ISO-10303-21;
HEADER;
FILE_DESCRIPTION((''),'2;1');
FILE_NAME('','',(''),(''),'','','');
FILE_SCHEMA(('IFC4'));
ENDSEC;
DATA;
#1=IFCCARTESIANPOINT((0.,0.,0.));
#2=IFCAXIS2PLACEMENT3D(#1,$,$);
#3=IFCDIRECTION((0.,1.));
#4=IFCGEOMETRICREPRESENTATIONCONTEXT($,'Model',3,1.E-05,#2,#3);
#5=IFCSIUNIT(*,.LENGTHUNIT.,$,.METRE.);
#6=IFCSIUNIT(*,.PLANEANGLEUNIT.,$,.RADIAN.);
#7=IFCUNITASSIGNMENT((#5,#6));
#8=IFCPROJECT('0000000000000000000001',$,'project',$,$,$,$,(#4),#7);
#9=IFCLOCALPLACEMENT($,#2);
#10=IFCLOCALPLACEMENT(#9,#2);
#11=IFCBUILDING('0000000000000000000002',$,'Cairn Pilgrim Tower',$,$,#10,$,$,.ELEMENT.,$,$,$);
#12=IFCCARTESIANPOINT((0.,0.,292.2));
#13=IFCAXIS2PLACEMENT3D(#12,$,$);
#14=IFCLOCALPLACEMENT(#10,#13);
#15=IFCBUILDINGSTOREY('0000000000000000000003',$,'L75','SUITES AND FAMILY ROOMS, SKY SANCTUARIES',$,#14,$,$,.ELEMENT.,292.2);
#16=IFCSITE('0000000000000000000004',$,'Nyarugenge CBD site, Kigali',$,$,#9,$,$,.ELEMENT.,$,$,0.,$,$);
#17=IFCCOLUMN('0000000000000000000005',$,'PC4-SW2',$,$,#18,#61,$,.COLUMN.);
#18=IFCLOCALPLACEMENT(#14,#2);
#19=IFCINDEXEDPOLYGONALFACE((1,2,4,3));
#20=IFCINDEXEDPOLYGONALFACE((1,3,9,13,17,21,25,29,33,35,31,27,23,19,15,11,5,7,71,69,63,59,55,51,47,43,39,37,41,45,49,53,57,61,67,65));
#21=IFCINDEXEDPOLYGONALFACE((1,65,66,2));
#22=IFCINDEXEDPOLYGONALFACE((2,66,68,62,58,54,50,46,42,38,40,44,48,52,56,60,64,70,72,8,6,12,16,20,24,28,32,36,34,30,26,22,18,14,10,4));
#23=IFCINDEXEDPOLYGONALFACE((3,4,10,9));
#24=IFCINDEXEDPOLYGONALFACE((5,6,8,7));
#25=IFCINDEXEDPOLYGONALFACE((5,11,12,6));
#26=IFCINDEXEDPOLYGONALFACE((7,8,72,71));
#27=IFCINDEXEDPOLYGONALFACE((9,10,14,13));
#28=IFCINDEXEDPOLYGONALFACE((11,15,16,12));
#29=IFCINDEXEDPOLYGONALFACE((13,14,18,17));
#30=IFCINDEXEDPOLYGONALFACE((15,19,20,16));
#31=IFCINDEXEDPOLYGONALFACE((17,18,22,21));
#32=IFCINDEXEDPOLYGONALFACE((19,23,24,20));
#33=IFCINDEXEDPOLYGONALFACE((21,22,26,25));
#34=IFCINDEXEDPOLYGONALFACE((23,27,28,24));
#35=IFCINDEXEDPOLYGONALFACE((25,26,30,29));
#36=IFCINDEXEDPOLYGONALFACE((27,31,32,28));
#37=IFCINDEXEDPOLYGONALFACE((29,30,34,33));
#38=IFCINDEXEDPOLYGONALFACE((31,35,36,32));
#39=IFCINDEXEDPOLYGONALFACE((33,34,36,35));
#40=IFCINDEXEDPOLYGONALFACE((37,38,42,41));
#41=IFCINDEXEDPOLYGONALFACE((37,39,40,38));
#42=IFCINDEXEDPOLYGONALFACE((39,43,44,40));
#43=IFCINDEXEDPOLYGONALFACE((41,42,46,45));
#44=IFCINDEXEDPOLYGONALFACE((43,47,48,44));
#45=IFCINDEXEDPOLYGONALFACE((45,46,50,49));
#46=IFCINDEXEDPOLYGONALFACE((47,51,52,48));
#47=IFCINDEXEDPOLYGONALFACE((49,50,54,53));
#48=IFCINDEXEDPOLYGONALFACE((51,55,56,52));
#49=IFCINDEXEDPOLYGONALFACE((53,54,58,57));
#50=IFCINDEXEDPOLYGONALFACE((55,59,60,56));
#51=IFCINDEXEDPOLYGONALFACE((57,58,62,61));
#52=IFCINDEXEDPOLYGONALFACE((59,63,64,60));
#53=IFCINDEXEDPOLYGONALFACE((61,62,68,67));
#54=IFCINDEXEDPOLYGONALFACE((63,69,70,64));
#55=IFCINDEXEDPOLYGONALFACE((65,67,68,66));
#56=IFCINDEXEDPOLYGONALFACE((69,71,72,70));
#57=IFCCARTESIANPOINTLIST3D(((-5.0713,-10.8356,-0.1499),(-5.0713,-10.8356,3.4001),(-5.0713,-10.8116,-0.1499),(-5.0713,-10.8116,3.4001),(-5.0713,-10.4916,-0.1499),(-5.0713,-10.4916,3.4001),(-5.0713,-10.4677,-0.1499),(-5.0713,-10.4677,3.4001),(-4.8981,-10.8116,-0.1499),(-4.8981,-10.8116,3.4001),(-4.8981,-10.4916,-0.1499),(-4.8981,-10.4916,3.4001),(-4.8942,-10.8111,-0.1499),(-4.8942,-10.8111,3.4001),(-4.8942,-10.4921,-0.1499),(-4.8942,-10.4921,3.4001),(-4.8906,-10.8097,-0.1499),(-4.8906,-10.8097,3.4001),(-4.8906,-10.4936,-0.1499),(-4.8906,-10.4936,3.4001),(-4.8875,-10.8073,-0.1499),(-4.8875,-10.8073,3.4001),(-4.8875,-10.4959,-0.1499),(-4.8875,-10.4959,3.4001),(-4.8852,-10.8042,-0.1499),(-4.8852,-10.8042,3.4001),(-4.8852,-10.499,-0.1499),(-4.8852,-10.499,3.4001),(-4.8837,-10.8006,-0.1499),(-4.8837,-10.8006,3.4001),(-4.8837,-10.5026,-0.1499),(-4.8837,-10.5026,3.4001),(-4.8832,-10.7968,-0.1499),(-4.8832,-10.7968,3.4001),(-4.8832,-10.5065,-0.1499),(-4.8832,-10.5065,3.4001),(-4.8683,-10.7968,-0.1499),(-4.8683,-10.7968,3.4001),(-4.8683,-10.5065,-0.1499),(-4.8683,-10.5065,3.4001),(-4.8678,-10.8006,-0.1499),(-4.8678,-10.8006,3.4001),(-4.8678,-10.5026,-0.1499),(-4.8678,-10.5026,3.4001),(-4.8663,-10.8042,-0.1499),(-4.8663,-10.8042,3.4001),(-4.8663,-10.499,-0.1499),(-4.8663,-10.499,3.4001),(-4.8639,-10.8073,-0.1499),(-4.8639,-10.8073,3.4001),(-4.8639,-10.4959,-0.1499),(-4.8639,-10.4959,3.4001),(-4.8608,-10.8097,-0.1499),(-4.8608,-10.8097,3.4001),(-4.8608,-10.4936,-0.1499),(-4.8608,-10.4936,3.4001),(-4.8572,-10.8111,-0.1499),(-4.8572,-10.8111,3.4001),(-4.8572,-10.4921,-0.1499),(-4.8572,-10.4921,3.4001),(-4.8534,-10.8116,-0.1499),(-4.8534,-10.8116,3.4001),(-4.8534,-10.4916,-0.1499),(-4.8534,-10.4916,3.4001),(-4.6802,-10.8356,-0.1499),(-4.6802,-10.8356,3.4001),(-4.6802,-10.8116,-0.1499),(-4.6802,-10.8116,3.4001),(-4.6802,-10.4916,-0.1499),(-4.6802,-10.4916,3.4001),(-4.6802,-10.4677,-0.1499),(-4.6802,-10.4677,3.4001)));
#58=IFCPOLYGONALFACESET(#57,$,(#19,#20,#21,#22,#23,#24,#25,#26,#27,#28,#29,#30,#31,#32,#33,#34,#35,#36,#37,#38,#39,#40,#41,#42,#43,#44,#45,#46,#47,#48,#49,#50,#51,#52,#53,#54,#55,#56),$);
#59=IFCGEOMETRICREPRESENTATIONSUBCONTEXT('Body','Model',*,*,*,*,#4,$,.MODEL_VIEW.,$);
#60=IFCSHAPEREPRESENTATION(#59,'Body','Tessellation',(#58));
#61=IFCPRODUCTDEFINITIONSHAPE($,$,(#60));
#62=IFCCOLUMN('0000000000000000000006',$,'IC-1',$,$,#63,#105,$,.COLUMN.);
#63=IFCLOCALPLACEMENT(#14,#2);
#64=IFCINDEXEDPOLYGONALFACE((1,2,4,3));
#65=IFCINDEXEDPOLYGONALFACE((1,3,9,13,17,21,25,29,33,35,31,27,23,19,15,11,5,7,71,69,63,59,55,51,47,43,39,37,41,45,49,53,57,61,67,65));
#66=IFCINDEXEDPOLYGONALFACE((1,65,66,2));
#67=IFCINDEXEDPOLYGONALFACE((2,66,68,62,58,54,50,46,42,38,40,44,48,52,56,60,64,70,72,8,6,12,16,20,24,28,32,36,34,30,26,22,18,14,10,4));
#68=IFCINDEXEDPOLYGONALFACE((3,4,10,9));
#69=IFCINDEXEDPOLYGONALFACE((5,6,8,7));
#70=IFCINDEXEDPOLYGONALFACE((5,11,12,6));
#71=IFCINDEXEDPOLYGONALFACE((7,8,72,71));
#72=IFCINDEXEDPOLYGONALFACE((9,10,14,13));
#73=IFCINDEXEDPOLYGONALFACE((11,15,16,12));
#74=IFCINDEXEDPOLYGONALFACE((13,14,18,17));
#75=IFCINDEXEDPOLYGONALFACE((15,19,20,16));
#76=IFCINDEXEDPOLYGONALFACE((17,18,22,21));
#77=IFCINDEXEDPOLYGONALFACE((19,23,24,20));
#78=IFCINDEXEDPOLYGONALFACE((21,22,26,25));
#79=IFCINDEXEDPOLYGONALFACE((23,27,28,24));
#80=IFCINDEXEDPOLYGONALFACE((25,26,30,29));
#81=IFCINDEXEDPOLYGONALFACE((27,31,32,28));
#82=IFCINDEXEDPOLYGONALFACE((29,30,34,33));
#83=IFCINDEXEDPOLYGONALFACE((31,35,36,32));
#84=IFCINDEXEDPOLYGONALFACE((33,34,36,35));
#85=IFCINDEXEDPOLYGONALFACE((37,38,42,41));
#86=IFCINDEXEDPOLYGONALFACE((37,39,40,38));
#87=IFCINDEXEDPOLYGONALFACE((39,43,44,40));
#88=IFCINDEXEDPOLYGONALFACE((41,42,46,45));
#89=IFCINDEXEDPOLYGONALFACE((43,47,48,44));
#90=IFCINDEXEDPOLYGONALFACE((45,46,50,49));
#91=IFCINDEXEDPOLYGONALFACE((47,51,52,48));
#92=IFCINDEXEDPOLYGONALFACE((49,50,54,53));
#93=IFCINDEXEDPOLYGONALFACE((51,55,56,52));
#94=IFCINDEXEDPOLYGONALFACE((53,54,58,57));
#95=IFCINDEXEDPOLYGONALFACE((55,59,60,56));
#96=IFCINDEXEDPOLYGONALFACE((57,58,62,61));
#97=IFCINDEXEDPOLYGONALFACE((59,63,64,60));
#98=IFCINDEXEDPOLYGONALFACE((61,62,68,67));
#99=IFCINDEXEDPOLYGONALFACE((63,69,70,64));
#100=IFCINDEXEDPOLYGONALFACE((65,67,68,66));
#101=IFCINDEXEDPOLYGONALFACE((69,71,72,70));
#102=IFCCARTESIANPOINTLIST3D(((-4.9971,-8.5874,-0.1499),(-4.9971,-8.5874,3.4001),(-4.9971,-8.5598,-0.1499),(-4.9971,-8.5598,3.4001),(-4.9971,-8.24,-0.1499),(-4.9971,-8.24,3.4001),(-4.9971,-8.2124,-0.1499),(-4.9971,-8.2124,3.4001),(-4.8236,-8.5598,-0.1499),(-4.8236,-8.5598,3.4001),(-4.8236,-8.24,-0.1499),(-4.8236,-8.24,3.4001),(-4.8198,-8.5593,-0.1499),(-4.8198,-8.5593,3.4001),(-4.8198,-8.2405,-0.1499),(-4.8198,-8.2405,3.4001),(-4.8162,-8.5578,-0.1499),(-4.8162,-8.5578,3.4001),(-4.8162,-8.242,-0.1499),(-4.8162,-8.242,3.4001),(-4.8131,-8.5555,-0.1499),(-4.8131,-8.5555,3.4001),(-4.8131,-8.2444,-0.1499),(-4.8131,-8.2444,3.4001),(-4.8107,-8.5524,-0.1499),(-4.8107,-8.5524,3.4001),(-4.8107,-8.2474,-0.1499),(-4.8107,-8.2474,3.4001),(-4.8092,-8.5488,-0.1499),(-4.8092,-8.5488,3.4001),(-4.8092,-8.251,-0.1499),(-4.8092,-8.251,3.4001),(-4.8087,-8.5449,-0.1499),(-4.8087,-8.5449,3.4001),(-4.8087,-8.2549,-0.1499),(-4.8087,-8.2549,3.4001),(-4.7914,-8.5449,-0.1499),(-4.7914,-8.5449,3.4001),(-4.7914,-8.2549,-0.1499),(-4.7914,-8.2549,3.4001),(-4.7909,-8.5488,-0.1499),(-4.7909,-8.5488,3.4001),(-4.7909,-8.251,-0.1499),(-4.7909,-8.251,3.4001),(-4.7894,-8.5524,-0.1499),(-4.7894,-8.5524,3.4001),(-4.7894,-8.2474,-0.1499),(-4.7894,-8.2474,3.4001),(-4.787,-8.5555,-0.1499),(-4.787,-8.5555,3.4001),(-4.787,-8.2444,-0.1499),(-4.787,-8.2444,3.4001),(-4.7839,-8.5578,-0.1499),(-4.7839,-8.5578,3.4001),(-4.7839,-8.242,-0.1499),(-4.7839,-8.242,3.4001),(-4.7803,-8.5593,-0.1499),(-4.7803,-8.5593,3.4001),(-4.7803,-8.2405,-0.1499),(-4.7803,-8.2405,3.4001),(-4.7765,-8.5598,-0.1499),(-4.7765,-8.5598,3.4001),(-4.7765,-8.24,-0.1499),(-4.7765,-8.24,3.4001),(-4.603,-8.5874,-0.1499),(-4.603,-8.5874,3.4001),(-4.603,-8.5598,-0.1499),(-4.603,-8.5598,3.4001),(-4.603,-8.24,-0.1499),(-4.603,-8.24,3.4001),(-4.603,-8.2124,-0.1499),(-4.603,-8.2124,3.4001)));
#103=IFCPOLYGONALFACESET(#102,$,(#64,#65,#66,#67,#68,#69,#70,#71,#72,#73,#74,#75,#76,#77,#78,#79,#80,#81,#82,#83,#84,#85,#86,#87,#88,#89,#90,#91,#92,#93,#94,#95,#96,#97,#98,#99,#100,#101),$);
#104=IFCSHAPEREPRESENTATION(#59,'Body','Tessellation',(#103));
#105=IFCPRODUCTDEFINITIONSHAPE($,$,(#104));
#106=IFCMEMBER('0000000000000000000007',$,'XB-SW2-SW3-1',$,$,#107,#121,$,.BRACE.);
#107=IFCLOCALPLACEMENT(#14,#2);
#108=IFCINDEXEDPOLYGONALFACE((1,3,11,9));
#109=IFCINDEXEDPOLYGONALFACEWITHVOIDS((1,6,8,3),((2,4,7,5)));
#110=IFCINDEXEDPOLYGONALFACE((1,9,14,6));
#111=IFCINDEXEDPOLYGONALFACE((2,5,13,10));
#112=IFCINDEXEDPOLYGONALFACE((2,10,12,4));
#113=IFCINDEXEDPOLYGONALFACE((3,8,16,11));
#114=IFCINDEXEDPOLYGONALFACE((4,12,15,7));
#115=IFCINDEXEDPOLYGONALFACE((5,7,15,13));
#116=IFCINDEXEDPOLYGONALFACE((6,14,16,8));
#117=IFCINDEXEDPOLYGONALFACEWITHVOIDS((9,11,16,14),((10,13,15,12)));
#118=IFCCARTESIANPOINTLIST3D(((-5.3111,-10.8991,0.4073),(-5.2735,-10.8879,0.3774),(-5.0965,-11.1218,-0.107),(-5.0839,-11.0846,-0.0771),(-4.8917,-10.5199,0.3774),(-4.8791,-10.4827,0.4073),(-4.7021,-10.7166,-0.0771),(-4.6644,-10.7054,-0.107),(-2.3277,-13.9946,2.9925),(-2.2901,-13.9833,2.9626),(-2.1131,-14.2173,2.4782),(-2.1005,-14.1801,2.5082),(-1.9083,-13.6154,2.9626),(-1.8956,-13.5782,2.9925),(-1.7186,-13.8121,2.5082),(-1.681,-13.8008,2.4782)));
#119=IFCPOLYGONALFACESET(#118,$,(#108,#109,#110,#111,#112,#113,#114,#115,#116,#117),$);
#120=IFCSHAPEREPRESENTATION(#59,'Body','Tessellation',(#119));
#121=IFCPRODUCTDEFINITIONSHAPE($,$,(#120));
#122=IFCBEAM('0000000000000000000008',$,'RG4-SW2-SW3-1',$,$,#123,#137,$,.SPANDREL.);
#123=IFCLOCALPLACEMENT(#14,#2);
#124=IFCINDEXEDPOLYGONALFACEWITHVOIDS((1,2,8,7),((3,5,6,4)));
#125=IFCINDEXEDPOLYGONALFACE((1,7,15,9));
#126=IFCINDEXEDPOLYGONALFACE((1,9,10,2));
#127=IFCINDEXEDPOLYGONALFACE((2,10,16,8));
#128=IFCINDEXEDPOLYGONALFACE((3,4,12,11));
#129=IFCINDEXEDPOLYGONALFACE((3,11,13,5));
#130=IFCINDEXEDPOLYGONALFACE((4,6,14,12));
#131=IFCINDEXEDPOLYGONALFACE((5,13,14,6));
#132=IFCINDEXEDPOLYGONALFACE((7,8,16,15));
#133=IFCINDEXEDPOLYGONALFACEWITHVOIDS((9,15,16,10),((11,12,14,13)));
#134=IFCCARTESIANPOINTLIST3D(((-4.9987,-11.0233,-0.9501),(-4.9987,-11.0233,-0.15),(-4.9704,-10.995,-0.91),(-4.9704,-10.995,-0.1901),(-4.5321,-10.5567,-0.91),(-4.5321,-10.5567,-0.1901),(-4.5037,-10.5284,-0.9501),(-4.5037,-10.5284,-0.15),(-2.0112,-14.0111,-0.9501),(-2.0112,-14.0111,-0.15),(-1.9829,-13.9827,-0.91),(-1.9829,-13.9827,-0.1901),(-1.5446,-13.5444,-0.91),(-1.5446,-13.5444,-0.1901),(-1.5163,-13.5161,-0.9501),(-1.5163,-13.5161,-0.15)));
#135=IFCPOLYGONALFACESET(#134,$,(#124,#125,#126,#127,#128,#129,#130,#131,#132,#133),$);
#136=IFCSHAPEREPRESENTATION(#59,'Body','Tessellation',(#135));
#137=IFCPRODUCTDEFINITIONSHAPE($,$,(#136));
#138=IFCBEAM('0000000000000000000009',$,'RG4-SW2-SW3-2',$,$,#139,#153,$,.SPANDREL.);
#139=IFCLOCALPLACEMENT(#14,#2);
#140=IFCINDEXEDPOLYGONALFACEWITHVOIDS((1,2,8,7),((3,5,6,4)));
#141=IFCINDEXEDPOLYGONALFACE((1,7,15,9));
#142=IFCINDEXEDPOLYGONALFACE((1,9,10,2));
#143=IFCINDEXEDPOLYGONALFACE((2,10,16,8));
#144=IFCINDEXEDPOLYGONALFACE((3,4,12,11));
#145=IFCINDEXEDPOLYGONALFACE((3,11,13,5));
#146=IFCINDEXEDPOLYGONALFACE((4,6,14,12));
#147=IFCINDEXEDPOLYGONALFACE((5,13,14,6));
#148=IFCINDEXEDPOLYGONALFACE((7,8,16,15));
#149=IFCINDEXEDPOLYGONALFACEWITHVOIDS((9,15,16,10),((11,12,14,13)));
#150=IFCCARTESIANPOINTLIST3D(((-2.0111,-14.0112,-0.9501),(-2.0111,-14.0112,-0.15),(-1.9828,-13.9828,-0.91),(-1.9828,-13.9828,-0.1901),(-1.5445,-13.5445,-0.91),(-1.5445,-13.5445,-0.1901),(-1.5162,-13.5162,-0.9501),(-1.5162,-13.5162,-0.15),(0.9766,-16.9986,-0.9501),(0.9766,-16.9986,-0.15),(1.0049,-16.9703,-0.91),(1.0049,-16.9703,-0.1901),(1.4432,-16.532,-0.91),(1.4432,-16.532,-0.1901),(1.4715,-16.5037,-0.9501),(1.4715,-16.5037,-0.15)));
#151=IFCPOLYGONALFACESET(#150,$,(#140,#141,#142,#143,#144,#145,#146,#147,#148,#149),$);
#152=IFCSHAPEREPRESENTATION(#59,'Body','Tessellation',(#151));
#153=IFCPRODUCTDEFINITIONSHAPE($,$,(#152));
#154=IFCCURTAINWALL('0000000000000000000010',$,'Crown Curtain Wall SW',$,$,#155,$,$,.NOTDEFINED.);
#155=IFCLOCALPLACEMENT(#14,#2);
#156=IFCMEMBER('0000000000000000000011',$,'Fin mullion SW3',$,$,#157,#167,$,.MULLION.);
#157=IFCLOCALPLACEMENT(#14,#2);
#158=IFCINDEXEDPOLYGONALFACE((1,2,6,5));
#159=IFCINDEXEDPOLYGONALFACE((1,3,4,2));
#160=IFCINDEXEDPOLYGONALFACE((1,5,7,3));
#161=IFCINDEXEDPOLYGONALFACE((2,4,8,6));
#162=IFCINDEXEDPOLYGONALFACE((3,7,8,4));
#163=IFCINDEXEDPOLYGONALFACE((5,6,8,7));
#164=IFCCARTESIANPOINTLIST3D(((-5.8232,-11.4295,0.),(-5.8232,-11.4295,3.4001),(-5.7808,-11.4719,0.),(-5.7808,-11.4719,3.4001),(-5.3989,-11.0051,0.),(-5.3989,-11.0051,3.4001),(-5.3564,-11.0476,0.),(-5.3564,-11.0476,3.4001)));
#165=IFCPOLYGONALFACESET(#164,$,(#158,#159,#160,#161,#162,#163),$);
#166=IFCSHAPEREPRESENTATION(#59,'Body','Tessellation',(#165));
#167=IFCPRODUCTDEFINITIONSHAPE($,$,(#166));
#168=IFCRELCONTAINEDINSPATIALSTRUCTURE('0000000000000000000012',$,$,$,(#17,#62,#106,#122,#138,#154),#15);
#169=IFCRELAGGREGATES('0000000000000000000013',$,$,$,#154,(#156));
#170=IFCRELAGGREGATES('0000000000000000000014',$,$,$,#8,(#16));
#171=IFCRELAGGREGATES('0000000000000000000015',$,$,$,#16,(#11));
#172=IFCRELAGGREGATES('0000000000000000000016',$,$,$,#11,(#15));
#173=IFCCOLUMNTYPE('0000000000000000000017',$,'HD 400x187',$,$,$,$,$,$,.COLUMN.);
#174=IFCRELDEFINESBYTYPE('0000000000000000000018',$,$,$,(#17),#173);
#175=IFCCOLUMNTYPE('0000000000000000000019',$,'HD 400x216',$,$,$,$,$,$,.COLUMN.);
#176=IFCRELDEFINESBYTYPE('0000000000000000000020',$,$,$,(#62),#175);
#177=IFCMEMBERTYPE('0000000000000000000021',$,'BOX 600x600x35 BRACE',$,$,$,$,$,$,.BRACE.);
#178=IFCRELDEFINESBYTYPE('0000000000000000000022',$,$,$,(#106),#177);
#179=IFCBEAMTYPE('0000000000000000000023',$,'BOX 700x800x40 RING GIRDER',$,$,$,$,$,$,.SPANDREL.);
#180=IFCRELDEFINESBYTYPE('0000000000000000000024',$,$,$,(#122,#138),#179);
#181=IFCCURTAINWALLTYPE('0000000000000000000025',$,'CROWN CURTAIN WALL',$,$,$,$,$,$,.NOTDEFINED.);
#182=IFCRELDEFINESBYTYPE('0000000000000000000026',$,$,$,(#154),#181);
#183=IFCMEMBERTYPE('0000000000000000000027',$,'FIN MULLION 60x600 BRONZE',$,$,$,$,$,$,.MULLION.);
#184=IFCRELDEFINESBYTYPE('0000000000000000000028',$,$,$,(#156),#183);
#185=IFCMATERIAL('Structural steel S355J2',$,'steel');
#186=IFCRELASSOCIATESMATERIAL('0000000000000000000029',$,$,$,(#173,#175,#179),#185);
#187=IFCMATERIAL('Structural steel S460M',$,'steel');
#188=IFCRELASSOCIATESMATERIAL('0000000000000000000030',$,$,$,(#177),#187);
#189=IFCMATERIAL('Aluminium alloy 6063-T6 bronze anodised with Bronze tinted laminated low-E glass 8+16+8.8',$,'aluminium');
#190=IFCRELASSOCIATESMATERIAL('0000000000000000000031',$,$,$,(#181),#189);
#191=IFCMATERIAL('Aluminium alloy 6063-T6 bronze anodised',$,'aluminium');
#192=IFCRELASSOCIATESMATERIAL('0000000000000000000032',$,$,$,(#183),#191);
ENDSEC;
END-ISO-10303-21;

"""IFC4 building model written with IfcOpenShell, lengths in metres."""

from ifc_helpers import new_model, si_unit, direction, frame, origin, origin_2d, place, context, subcontext, project, spatial, rectangle, hollow_rectangle, i_section, extrude, material, material_profile, profile_set, type_object, element, aggregate, save


model = new_model("IFC4")

# Units and contexts
model_context = context("Model", 3, precision=1e-05, world=origin(), true_north=direction((0.0, 1.0)))
body_context = subcontext(model_context, "Body", "Model", "MODEL_VIEW")
ifc_project = project(units=[si_unit("LENGTHUNIT", "METRE"), si_unit("PLANEANGLEUNIT", "RADIAN")], contexts=[model_context])

# Site, building, storey
site_placement = place(None, origin())
site = spatial("IfcSite", under=ifc_project, at=site_placement, Name="Nyarugenge CBD site, Kigali", CompositionType="ELEMENT", RefElevation=0.0)
building_placement = place(site_placement, origin())
building = spatial("IfcBuilding", under=site, at=building_placement, Name="Cairn Pilgrim Tower", CompositionType="ELEMENT")
storey_placement = place(building_placement, frame((0.0, 0.0, 292.2)))
storey = spatial("IfcBuildingStorey", under=building, at=storey_placement, Name="L75", Description="SUITES AND FAMILY ROOMS, SKY SANCTUARIES", CompositionType="ELEMENT", Elevation=292.2)

# Columns
ifc_material_1 = material(Name="Structural steel S355J2", Category="steel")
ifc_material_profile_1 = material_profile(ifc_material_1, i_section(OverallWidth=0.3911, OverallDepth=0.3679, WebThickness=0.0149, FlangeThickness=0.0239, FilletRadius=0.0149, at=origin_2d()), Name="HD 400x187")
ifc_profile_set_1 = profile_set([ifc_material_profile_1], Name="Structural steel S355J2")
column_type_1 = type_object("IfcColumnType", Name="HD 400x187", PredefinedType="COLUMN", material=ifc_profile_set_1)
column_1_placement = place(storey_placement, frame((-4.8757, -10.6516, -0.1499), z_axis=(0.0, 0.0, 1.0), x_axis=(1.0, 0.0, 0.0)))
element("IfcColumn", 1, at=column_1_placement, inside=storey, type_object=column_type_1, Name="PC4-SW2", PredefinedType="COLUMN", context=body_context, shape_type="SweptSolid", body=[
    extrude(i_section(OverallWidth=0.3911, OverallDepth=0.3679, WebThickness=0.0149, FlangeThickness=0.0239, FilletRadius=0.0149, at=origin_2d()), origin(), (0.0, 0.0, 1.0), 3.55),
])
ifc_material_profile_2 = material_profile(ifc_material_1, i_section(OverallWidth=0.394, OverallDepth=0.375, WebThickness=0.0173, FlangeThickness=0.0276, FilletRadius=0.0149, at=origin_2d()), Name="HD 400x216")
ifc_profile_set_2 = profile_set([ifc_material_profile_2], Name="Structural steel S355J2")
column_type_2 = type_object("IfcColumnType", Name="HD 400x216", PredefinedType="COLUMN", material=ifc_profile_set_2)
column_2_placement = place(storey_placement, frame((-4.8, -8.3999, -0.1499), z_axis=(0.0, 0.0, 1.0), x_axis=(1.0, 0.0, 0.0)))
element("IfcColumn", 2, at=column_2_placement, inside=storey, type_object=column_type_2, Name="IC-1", PredefinedType="COLUMN", context=body_context, shape_type="SweptSolid", body=[
    extrude(i_section(OverallWidth=0.394, OverallDepth=0.375, WebThickness=0.0173, FlangeThickness=0.0276, FilletRadius=0.0149, at=origin_2d()), origin(), (0.0, 0.0, 1.0), 3.55),
])

# Member
ifc_material_2 = material(Name="Structural steel S460M", Category="steel")
ifc_material_profile_3 = material_profile(ifc_material_2, hollow_rectangle(XDim=0.6001, YDim=0.6001, WallThickness=0.0349, at=origin_2d()), Name="BOX 600x600x35")
ifc_profile_set_3 = profile_set([ifc_material_profile_3], Name="Structural steel S460M")
member_type_1 = type_object("IfcMemberType", Name="BOX 600x600x35 BRACE", PredefinedType="BRACE", material=ifc_profile_set_3)
member_1_placement = place(storey_placement, frame((-4.9878, -10.8022, 0.1501), z_axis=(0.594711, -0.617049, 0.515335), x_axis=(0.72002, 0.693954, 0.0)))
element("IfcMember", 3, at=member_1_placement, inside=storey, type_object=member_type_1, Name="XB-SW2-SW3-1", PredefinedType="BRACE", context=body_context, shape_type="SweptSolid", body=[
    extrude(hollow_rectangle(XDim=0.6001, YDim=0.6001, WallThickness=0.0349, at=origin_2d()), origin(), (0.0, 0.0, 1.0), 5.0166),
])

# Beams
ifc_material_profile_4 = material_profile(ifc_material_1, hollow_rectangle(XDim=0.7, YDim=0.8, WallThickness=0.04, at=origin_2d()), Name="BOX 700x800x40")
ifc_profile_set_4 = profile_set([ifc_material_profile_4], Name="Structural steel S355J2")
beam_type_1 = type_object("IfcBeamType", Name="BOX 700x800x40 RING GIRDER", PredefinedType="SPANDREL", material=ifc_profile_set_4)
for number, where, z_axis, x_axis, name in (
    (4, (-4.7512, -10.7759, -0.55), (0.707078, -0.707136, 0.0), (0.707136, 0.707078, 0.0), "RG4-SW2-SW3-1"),
    (5, (-1.7637, -13.7637, -0.55), (0.707136, -0.707078, 0.0), (0.707078, 0.707136, 0.0), "RG4-SW2-SW3-2"),
):
    element("IfcBeam", number, at=place(storey_placement, frame(where, z_axis=z_axis, x_axis=x_axis)), inside=storey, type_object=beam_type_1, Name=name, PredefinedType="SPANDREL", context=body_context, shape_type="SweptSolid", body=[
        extrude(hollow_rectangle(XDim=0.7, YDim=0.8, WallThickness=0.04, at=origin_2d()), origin(), (0.0, 0.0, 1.0), 4.2251),
    ])

# Curtain wall, member
ifc_material_3 = material(Name="Aluminium alloy 6063-T6 bronze anodised with Bronze tinted laminated low-E glass 8+16+8.8", Category="aluminium")
curtain_wall_type = type_object("IfcCurtainWallType", Name="CROWN CURTAIN WALL", PredefinedType="NOTDEFINED", material=ifc_material_3)
curtain_wall_placement = place(storey_placement, origin())
curtain_wall = element("IfcCurtainWall", 6, at=curtain_wall_placement, inside=storey, type_object=curtain_wall_type, Name="Crown Curtain Wall SW", PredefinedType="NOTDEFINED")
ifc_material_4 = material(Name="Aluminium alloy 6063-T6 bronze anodised", Category="aluminium")
ifc_material_profile_5 = material_profile(ifc_material_4, rectangle(XDim=0.6001, YDim=0.0601, at=origin_2d()), Name="FIN MULLION 60x600 BRONZE")
ifc_profile_set_5 = profile_set([ifc_material_profile_5], Name="Aluminium alloy 6063-T6 bronze anodised")
member_type_2 = type_object("IfcMemberType", Name="FIN MULLION 60x600 BRONZE", PredefinedType="MULLION", material=ifc_profile_set_5)
member_2_placement = place(storey_placement, frame((-5.5898, -11.2385, 0.0), z_axis=(0.0, 0.0, 1.0), x_axis=(-0.707107, -0.707107, 0.0)))
member_2 = element("IfcMember", 7, at=member_2_placement, type_object=member_type_2, Name="Fin mullion SW3", PredefinedType="MULLION", context=body_context, shape_type="SweptSolid", body=[
    extrude(rectangle(XDim=0.6001, YDim=0.0601, at=origin_2d()), origin(), (0.0, 0.0, 1.0), 3.4001),
])

aggregate(curtain_wall, [member_2])

save(model, "model.ifc")
